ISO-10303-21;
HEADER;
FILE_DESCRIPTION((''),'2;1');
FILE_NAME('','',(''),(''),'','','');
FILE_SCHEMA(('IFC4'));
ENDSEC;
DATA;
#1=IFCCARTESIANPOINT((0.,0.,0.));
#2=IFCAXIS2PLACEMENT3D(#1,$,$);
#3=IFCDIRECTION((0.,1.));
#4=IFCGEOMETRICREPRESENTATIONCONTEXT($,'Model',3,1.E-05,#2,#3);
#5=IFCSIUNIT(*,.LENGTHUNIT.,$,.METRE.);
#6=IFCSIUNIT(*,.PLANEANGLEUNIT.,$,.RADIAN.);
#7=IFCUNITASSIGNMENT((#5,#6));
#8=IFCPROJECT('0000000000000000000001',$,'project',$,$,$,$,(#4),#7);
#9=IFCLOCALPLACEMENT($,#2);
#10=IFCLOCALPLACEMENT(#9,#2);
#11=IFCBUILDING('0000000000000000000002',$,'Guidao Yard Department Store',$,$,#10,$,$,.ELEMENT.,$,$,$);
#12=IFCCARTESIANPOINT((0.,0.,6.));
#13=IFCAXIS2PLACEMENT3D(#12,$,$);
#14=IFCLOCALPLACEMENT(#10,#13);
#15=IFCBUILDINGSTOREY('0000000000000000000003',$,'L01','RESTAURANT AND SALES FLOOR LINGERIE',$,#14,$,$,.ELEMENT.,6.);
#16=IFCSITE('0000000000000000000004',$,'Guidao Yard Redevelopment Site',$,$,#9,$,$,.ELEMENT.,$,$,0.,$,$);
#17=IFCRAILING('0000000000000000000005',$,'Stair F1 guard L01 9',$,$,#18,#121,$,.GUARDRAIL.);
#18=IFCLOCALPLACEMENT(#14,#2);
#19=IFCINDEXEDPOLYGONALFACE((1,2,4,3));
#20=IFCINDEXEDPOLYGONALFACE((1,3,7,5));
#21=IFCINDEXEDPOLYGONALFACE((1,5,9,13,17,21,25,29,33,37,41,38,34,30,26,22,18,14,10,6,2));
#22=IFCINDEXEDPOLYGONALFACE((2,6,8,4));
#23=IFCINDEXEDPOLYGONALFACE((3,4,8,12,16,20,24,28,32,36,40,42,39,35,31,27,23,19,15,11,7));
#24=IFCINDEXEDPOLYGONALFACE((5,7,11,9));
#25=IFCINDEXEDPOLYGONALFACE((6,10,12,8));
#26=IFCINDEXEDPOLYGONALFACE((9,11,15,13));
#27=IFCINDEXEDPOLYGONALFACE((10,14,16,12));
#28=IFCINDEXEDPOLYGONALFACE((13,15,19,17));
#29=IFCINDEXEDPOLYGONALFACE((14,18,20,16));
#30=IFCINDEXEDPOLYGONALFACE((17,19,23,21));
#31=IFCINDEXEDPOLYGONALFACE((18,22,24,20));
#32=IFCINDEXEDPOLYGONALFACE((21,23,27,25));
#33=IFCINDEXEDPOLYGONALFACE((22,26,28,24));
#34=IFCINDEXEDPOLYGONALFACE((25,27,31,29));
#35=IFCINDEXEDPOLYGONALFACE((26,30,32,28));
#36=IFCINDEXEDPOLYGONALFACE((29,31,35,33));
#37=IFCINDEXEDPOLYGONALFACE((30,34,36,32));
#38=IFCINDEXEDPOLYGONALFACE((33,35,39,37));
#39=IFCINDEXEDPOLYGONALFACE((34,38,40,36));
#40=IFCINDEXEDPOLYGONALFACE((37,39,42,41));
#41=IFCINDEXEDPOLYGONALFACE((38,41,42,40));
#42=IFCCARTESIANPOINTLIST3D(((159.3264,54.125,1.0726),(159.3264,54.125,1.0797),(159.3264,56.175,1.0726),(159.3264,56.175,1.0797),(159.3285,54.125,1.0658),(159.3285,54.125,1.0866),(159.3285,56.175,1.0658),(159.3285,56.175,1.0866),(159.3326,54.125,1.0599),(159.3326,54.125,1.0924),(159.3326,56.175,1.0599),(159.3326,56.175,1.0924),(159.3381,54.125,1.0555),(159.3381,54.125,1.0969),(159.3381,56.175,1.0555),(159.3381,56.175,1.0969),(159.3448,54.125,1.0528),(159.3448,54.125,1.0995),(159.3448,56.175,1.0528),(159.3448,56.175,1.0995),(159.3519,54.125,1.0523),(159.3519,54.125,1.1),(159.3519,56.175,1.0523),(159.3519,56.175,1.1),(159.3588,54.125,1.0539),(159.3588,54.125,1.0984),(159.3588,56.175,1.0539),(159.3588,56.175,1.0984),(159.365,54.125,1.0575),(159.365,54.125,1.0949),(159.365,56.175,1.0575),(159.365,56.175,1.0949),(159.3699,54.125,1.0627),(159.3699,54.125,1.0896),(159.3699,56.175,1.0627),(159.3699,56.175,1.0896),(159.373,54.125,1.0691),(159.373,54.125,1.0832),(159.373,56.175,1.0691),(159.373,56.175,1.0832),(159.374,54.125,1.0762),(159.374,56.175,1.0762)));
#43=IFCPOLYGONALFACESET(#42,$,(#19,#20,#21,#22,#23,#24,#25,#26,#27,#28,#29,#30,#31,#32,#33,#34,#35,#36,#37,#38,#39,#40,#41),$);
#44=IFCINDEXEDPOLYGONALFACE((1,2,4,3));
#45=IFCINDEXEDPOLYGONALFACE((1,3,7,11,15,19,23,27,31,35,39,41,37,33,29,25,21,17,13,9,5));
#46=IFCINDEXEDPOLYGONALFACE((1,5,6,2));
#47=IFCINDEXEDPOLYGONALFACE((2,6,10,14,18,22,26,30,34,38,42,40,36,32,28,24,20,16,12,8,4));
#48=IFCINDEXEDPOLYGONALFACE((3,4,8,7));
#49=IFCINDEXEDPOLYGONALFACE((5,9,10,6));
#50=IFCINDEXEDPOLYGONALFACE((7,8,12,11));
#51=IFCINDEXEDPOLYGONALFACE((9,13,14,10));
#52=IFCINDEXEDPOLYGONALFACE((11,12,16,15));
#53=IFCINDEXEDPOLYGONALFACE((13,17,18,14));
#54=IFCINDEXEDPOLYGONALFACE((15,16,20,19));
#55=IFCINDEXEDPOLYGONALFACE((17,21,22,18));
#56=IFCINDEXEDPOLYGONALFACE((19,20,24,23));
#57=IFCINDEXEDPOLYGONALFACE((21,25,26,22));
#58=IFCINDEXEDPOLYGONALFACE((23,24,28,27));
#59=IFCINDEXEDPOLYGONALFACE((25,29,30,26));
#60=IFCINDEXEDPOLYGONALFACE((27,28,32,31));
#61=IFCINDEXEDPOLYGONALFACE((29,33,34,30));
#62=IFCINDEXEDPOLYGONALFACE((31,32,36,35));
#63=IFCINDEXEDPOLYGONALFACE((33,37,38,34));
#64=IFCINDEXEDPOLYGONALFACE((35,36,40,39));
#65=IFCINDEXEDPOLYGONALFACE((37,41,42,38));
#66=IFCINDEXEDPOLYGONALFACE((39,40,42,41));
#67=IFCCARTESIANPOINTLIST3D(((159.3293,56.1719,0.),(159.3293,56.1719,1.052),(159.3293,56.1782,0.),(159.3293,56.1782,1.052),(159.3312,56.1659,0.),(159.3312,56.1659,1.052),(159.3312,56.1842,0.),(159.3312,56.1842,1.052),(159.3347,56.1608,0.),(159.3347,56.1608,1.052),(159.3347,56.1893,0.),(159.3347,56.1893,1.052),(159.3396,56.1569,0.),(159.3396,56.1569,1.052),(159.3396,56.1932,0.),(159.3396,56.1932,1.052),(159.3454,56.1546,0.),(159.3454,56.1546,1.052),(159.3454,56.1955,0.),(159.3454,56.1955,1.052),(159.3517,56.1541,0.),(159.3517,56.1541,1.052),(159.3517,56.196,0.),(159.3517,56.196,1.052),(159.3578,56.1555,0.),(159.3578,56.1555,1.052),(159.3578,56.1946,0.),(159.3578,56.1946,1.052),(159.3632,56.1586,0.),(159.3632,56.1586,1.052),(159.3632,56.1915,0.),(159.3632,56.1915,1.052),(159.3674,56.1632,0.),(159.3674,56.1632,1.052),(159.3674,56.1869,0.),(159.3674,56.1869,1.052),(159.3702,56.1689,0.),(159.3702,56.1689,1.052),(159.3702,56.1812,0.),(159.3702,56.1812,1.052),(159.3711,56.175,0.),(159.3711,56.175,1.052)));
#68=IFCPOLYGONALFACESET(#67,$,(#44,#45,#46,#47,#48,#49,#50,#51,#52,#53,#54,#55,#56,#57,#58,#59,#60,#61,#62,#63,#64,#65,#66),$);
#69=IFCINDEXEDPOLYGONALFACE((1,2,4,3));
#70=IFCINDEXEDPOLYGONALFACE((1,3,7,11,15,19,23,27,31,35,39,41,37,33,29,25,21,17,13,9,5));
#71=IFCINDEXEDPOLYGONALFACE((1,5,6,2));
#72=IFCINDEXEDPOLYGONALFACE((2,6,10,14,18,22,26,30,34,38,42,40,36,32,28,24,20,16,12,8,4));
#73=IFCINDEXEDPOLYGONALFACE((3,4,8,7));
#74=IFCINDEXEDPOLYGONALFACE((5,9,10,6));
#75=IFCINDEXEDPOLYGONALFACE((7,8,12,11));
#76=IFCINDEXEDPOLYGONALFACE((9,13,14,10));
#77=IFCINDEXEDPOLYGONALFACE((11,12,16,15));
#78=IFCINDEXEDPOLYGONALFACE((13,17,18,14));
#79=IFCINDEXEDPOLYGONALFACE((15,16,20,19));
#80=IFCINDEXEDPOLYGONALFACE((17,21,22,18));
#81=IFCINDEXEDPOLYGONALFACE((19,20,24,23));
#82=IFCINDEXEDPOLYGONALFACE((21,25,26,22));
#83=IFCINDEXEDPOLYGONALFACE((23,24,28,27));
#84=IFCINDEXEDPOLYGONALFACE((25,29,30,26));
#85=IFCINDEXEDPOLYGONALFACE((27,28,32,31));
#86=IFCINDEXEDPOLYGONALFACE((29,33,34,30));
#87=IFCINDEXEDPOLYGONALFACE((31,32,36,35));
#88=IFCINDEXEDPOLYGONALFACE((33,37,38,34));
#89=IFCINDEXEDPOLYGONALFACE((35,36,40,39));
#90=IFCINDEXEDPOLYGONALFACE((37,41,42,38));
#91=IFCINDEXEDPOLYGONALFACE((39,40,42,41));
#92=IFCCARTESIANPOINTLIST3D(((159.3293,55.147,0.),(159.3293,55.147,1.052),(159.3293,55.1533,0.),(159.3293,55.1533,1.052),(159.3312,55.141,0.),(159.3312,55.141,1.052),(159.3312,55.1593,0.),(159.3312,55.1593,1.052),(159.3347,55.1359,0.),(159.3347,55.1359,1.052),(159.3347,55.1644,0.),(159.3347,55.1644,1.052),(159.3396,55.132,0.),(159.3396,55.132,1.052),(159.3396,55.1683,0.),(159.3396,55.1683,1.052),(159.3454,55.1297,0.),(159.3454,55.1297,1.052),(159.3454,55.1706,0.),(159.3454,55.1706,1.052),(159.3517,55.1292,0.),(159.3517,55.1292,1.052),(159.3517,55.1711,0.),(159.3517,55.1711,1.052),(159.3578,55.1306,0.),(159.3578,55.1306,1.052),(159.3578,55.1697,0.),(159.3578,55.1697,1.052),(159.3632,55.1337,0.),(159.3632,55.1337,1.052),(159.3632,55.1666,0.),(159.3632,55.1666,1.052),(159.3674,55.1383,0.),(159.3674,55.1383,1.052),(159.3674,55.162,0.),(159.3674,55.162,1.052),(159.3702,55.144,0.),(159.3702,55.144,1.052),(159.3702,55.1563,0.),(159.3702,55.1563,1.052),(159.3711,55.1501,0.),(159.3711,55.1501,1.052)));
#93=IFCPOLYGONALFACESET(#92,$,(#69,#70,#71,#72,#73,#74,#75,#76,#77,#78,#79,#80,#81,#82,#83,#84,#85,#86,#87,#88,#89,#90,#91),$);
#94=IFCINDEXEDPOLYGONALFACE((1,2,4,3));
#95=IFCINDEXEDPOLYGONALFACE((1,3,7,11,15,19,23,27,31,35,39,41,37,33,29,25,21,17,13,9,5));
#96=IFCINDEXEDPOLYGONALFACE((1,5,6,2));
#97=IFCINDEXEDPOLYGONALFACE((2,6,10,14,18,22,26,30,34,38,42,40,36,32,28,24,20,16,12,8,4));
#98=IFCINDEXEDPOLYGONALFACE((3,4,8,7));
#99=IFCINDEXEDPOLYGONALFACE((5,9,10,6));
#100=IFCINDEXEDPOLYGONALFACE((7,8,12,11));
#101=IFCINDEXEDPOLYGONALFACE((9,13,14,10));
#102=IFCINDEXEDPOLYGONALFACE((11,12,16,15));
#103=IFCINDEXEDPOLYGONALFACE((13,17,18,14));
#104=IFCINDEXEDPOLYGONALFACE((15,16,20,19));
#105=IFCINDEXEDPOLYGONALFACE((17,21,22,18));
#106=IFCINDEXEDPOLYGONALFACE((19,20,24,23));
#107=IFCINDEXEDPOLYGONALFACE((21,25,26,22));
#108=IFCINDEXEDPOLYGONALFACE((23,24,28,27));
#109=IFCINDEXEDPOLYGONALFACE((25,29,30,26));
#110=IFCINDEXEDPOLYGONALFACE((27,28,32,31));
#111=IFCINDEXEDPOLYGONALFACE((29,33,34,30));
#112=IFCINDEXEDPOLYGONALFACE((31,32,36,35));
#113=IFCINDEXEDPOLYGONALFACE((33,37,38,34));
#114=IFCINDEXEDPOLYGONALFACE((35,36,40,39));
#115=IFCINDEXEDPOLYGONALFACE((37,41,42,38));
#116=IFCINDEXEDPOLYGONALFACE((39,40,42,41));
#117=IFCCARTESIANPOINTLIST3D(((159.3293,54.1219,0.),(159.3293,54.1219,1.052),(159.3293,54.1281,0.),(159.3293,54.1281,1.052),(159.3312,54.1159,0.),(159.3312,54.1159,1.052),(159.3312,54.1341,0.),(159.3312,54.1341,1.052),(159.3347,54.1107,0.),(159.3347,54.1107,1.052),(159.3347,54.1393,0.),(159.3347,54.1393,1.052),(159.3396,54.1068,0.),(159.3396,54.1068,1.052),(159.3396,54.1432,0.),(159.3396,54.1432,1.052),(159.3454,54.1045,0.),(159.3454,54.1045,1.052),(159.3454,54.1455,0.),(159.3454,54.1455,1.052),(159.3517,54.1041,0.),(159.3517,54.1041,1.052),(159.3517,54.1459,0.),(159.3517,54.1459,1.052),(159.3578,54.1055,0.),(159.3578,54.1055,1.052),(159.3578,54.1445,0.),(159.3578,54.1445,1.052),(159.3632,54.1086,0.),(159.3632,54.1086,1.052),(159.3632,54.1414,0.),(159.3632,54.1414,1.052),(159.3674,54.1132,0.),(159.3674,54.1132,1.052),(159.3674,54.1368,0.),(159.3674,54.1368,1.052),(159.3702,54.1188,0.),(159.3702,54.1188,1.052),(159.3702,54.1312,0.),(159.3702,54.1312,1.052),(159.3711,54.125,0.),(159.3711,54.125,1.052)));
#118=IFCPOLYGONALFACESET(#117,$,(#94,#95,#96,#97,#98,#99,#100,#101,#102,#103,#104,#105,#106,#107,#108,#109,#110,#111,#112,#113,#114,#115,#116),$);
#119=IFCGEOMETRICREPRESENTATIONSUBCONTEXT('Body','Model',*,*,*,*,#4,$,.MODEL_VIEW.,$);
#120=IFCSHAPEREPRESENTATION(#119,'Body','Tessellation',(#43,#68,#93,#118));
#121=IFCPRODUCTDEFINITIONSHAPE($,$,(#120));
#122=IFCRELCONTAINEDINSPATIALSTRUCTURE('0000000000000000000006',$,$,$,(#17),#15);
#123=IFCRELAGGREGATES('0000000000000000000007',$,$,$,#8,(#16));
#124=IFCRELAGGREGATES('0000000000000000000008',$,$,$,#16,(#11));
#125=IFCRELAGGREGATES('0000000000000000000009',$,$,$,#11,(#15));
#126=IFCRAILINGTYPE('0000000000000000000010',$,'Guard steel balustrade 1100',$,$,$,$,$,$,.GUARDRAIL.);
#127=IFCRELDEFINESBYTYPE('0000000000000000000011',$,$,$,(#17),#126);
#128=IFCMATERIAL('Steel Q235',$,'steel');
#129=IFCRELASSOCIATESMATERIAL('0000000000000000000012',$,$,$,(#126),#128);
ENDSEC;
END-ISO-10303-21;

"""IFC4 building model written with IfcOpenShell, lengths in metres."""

from ifc_helpers import new_model, si_unit, direction, frame, origin, origin_2d, place, context, subcontext, project, spatial, circle, extrude, material, type_object, element, save


model = new_model("IFC4")

# Units and contexts
model_context = context("Model", 3, precision=1e-05, world=origin(), true_north=direction((0.0, 1.0)))
body_context = subcontext(model_context, "Body", "Model", "MODEL_VIEW")
ifc_project = project(units=[si_unit("LENGTHUNIT", "METRE"), si_unit("PLANEANGLEUNIT", "RADIAN")], contexts=[model_context])

# Site, building, storey
site_placement = place(None, origin())
site = spatial("IfcSite", under=ifc_project, at=site_placement, Name="Guidao Yard Redevelopment Site", CompositionType="ELEMENT", RefElevation=0.0)
building_placement = place(site_placement, origin())
building = spatial("IfcBuilding", under=site, at=building_placement, Name="Guidao Yard Department Store", CompositionType="ELEMENT")
storey_placement = place(building_placement, frame((0.0, 0.0, 6.0)))
storey = spatial("IfcBuildingStorey", under=building, at=storey_placement, Name="L01", Description="RESTAURANT AND SALES FLOOR LINGERIE", CompositionType="ELEMENT", Elevation=6.0)

# Railing
ifc_material_1 = material(Name="Steel Q235", Category="steel")
railing_type = type_object("IfcRailingType", Name="Guard steel balustrade 1100", PredefinedType="GUARDRAIL", material=ifc_material_1)
railing_placement = place(storey_placement, frame((159.3501, 56.175, 0.0)))
element("IfcRailing", 1, at=railing_placement, inside=storey, type_object=railing_type, Name="Stair F1 guard L01 9", PredefinedType="GUARDRAIL", context=body_context, shape_type="SweptSolid", body=[
    extrude(circle(Radius=0.0239, at=origin_2d()), frame((0.0, 0.0, 1.0762), z_axis=(0.0, -1.0, 0.0), x_axis=(1.0, 0.0, 0.0)), (0.0, 0.0, 1.0), 2.05),
    extrude(circle(Radius=0.021, at=origin_2d()), origin(), (0.0, 0.0, 1.0), 1.052),
    extrude(circle(Radius=0.021, at=origin_2d()), frame((0.0, -1.0249, 0.0)), (0.0, 0.0, 1.0), 1.052),
    extrude(circle(Radius=0.021, at=origin_2d()), frame((0.0, -2.05, 0.0)), (0.0, 0.0, 1.0), 1.052),
])

save(model, "model.ifc")
